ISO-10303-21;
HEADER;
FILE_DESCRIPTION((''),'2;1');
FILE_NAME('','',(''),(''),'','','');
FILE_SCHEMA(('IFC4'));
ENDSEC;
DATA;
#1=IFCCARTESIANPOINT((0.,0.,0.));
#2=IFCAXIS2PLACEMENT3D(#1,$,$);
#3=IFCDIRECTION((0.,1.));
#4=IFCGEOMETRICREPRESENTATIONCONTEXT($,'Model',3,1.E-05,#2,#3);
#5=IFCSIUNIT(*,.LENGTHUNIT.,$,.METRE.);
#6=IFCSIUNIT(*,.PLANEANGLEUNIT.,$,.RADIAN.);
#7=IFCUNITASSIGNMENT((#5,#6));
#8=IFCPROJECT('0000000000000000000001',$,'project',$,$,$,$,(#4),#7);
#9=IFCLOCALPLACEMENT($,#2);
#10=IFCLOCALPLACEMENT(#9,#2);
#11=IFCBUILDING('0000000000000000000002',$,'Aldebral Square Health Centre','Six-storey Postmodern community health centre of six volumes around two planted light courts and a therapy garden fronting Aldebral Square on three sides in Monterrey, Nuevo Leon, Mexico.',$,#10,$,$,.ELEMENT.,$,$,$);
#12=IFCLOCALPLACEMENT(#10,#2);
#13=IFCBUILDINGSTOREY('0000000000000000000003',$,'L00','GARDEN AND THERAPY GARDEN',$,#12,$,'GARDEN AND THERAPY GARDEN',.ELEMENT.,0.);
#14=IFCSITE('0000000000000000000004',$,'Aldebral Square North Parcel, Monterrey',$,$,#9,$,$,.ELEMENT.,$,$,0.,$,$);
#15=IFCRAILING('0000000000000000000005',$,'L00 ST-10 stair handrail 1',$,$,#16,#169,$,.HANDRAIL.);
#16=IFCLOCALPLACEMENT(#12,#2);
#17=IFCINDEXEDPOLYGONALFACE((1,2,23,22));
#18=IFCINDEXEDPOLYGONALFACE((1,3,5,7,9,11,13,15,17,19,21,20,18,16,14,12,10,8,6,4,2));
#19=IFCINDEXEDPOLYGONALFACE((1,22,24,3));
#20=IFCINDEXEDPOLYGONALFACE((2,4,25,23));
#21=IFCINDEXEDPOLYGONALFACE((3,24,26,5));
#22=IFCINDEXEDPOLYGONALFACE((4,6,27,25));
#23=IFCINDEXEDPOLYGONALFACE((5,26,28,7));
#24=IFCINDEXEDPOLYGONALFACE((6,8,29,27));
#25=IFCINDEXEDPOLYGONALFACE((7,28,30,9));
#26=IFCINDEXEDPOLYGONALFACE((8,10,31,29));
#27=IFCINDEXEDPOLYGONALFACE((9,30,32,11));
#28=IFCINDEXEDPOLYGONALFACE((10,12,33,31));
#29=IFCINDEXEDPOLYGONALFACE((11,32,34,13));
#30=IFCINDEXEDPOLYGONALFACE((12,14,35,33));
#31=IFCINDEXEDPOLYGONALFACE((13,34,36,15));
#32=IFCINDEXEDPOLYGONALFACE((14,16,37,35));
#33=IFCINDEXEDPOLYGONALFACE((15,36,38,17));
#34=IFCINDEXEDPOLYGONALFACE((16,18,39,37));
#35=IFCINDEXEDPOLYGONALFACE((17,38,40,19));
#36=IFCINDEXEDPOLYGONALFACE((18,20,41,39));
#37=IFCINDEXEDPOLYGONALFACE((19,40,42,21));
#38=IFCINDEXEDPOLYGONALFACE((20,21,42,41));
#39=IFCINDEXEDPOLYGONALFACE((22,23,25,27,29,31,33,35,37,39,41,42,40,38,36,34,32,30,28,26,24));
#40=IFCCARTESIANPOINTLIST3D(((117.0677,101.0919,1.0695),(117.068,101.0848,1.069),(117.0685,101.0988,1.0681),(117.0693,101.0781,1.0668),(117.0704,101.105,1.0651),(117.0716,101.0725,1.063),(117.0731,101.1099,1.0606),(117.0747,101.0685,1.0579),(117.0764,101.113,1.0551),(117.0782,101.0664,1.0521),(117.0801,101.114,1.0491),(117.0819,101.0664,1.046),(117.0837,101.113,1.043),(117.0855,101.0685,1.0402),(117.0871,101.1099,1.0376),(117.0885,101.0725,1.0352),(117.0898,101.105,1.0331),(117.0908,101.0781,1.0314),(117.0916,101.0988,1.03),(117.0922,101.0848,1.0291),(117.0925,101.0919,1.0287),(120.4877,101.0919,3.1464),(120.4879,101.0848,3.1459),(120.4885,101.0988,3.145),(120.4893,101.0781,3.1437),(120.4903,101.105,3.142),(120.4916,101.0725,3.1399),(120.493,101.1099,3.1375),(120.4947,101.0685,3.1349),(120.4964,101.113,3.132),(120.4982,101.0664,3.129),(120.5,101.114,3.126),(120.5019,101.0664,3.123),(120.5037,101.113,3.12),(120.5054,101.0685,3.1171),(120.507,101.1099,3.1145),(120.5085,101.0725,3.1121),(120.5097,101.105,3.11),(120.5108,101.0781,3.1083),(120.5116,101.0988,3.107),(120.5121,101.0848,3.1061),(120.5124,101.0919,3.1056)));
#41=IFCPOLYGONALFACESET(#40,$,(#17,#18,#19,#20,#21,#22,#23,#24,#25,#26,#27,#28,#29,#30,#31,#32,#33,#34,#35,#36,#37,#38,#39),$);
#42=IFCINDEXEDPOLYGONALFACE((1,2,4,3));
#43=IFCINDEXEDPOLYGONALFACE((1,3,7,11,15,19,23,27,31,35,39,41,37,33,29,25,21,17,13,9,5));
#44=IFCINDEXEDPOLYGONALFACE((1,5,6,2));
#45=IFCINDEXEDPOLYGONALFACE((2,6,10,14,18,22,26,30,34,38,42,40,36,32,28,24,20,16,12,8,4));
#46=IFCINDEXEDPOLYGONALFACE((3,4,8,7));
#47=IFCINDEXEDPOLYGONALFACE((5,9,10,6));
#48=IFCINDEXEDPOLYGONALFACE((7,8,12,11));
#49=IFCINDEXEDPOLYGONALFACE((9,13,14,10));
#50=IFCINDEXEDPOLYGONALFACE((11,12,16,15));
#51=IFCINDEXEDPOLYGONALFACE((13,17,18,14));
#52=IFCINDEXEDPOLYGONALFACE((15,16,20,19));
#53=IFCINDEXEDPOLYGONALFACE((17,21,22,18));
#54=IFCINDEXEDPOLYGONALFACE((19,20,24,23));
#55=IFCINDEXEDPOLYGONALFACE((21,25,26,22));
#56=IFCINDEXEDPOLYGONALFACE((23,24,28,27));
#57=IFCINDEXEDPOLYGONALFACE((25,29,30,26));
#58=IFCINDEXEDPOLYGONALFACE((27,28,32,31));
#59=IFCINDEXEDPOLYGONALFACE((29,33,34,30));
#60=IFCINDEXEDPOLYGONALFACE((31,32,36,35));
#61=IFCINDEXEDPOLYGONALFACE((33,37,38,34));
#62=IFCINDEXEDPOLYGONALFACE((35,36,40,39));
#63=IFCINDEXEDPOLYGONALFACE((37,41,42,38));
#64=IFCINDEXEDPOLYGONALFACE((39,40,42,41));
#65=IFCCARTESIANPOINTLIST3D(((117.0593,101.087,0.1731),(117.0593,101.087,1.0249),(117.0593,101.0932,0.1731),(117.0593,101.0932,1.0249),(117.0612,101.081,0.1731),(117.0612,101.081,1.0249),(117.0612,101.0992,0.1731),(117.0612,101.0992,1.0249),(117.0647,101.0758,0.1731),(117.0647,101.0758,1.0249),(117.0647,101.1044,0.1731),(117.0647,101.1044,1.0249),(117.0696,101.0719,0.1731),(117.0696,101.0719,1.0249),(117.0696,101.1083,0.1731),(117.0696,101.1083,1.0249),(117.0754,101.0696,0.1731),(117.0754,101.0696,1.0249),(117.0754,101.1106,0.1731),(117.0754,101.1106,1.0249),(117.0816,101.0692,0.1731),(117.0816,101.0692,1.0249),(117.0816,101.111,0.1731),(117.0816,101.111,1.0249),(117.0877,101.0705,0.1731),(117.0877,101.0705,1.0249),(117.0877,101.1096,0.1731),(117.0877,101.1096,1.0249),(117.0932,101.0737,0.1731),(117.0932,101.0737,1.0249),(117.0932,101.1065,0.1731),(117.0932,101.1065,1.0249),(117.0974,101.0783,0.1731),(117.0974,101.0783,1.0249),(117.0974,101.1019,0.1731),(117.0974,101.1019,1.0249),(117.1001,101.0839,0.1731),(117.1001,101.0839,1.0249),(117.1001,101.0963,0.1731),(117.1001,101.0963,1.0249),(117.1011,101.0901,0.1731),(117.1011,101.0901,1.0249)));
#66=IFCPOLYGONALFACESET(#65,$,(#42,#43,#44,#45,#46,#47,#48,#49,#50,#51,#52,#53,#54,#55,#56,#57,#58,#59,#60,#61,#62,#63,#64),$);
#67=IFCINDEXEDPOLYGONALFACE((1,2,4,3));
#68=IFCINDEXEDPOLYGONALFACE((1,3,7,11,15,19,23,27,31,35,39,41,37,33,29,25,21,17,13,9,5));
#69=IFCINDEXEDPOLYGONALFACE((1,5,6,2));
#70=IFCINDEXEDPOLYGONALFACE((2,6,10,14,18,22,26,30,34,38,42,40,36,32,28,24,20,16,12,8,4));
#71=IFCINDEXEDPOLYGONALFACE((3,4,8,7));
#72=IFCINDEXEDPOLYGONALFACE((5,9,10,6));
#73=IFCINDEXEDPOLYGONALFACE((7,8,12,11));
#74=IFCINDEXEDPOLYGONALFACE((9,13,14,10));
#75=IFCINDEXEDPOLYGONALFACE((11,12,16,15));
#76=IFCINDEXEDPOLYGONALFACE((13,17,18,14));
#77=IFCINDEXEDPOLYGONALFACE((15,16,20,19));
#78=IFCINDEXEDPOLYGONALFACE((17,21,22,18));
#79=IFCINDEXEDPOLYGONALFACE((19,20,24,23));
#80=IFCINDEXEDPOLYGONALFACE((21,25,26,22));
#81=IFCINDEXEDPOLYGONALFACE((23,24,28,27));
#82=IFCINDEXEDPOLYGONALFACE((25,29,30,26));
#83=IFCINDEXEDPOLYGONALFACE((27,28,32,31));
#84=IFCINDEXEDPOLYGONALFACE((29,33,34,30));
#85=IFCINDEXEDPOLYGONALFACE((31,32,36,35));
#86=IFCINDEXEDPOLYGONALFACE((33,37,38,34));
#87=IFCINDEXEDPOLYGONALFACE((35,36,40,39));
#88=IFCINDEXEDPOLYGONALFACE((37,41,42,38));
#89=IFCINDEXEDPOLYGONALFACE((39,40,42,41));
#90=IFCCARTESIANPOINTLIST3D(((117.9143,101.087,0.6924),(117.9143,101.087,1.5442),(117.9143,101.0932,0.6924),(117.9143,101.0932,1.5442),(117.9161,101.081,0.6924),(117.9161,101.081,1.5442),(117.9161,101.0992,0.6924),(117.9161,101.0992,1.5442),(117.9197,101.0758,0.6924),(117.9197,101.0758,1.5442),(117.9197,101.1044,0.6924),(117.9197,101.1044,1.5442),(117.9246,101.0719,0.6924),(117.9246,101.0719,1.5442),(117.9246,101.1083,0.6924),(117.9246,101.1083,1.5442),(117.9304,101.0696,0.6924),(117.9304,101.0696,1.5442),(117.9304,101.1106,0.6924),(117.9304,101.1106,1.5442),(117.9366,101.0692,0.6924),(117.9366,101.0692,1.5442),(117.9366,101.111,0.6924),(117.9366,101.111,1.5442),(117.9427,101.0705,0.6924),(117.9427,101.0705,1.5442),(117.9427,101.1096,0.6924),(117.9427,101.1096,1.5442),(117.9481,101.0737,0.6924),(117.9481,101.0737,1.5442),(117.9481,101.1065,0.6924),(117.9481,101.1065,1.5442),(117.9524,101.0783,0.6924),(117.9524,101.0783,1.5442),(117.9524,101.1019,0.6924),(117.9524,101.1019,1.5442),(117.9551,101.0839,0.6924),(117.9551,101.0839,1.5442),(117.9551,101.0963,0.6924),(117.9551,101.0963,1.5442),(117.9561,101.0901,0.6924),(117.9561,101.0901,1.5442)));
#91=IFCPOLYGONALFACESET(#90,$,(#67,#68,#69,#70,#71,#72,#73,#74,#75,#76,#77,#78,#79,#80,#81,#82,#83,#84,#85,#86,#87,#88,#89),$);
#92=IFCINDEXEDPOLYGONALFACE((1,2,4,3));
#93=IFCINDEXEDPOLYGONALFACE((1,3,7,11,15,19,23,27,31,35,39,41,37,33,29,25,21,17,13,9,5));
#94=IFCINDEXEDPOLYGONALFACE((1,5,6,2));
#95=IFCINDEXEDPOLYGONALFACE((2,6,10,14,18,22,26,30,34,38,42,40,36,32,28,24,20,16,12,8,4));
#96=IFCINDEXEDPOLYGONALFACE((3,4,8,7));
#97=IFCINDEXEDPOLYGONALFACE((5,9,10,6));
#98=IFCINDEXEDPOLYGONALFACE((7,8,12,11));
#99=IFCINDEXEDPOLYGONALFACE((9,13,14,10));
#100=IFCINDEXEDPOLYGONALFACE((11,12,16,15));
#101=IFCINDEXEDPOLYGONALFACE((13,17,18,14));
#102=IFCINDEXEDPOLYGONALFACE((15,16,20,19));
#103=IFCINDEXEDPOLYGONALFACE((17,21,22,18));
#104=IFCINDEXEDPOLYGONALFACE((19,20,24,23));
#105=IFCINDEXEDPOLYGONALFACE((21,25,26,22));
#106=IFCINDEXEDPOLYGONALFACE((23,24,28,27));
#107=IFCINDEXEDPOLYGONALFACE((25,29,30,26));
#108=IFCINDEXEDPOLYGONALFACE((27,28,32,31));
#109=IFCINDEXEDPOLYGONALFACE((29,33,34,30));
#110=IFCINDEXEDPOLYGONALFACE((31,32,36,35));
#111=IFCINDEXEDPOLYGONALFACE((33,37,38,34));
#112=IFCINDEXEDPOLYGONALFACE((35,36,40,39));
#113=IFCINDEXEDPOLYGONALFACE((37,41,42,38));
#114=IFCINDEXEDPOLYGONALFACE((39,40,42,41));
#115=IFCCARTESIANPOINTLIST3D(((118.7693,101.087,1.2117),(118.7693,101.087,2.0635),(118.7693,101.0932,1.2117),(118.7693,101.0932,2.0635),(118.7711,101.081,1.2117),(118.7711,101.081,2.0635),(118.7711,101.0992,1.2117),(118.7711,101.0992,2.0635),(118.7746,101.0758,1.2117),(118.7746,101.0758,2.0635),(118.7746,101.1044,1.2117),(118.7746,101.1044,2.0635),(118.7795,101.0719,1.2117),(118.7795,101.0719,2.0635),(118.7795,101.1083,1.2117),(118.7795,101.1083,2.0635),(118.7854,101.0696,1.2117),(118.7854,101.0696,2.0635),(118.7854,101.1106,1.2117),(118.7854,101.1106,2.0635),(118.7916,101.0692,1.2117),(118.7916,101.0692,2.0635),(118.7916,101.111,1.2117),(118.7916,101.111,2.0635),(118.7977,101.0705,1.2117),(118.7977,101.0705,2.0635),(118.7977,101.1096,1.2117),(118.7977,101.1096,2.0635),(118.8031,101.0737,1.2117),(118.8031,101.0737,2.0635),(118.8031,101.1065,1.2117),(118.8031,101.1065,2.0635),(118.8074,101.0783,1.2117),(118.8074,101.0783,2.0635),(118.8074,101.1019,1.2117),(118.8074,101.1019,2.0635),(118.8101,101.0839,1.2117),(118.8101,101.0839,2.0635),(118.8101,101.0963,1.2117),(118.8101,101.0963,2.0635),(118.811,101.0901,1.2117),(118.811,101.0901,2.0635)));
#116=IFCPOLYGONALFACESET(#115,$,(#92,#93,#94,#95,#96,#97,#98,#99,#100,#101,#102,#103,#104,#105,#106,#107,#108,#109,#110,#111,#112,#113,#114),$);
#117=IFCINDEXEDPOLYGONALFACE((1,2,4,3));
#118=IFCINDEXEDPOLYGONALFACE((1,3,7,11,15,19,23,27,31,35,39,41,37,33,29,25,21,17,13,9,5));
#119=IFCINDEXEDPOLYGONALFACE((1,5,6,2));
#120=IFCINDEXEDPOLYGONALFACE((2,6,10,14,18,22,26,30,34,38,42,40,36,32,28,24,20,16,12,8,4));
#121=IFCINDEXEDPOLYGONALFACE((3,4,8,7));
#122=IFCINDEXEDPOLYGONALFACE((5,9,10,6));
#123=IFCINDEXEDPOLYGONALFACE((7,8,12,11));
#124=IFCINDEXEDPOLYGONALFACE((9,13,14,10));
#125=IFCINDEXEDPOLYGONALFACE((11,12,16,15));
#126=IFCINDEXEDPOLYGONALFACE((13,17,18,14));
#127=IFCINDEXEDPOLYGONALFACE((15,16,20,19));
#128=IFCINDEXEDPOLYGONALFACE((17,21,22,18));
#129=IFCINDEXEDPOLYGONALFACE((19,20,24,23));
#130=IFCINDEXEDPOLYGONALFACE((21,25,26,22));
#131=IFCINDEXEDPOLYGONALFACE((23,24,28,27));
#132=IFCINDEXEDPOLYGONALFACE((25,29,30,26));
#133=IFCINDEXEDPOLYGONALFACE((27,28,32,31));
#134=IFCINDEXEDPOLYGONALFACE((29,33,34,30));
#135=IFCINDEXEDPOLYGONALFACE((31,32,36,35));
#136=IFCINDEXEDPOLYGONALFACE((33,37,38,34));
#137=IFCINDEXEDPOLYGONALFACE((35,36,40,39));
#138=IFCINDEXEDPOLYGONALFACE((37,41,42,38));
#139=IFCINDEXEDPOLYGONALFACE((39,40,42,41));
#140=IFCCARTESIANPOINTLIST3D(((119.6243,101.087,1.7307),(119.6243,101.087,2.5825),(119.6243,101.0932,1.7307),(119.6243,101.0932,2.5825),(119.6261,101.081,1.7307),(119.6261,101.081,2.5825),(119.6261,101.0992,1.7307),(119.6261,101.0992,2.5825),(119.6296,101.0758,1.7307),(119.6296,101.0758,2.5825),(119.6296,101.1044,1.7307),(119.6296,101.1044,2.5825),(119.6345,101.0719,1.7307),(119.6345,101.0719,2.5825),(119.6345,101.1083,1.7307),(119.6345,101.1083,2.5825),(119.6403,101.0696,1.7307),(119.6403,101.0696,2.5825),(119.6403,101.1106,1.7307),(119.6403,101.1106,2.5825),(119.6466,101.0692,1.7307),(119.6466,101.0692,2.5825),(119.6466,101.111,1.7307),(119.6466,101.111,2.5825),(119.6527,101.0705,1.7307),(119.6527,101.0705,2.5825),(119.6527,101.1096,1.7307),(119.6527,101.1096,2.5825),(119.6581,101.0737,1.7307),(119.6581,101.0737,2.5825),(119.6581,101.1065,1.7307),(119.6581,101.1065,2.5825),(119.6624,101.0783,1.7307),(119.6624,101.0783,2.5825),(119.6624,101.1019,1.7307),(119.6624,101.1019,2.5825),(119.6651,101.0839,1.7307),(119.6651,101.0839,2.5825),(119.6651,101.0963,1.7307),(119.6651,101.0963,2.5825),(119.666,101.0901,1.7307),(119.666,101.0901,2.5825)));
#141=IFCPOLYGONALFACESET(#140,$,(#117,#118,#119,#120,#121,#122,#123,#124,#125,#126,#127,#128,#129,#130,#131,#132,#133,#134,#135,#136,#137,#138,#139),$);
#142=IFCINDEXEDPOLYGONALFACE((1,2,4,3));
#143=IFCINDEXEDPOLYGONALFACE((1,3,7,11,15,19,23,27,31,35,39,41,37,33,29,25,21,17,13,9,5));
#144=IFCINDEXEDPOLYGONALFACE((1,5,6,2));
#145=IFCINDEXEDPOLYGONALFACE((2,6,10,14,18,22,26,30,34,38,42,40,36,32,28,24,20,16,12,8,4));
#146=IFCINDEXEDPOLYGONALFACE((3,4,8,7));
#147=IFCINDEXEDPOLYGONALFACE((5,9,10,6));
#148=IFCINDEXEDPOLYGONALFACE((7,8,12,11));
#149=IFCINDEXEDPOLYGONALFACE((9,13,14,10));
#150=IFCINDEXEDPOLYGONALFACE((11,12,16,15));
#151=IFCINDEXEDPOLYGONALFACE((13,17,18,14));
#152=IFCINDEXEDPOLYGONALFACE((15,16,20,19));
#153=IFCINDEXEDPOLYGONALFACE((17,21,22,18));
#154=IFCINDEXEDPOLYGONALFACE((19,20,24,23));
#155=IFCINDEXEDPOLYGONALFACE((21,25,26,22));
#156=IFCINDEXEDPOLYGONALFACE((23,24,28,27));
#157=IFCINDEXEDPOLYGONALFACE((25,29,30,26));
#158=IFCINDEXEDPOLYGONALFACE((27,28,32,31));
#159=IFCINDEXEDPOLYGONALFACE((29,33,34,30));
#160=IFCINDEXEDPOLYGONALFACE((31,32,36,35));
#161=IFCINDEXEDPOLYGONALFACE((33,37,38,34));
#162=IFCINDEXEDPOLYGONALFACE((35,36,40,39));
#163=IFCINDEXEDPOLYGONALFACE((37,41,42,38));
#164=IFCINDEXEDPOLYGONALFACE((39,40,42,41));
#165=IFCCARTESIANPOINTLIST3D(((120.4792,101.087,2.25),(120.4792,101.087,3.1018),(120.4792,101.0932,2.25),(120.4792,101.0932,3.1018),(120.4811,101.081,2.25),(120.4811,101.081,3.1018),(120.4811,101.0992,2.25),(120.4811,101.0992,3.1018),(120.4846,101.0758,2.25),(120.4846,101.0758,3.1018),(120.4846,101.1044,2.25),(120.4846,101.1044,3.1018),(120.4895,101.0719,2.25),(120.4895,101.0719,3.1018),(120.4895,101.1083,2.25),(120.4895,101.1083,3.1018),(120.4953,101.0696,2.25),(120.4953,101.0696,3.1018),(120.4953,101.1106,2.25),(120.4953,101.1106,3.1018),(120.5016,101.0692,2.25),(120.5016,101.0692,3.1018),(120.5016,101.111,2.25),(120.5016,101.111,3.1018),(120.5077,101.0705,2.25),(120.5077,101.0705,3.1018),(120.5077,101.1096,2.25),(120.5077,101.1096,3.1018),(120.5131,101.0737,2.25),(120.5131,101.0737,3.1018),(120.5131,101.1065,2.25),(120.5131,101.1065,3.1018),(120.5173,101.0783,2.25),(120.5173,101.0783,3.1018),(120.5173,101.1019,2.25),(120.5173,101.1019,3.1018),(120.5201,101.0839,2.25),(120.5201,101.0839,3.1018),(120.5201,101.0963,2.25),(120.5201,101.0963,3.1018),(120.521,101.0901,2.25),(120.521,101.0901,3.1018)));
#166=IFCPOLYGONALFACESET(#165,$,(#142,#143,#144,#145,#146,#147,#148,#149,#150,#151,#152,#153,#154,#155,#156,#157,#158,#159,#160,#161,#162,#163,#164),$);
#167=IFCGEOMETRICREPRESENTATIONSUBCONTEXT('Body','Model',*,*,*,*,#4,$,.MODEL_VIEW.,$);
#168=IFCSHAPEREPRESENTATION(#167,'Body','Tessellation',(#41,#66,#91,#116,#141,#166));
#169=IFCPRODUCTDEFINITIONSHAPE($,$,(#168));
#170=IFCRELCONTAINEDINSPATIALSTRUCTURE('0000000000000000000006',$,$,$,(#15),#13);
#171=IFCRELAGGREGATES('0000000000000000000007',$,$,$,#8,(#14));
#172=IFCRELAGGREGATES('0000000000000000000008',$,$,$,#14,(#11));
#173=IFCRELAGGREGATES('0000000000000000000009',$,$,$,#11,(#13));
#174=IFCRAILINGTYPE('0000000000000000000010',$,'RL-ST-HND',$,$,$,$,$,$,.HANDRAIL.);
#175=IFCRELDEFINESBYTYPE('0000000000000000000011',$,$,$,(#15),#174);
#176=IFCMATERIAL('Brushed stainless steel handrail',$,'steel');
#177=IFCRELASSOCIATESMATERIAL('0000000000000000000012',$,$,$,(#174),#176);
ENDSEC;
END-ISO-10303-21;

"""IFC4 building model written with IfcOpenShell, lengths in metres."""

from ifc_helpers import new_model, si_unit, direction, frame, origin, origin_2d, place, context, subcontext, project, spatial, circle, extrude, material, type_object, element, save


model = new_model("IFC4")

# Units and contexts
model_context = context("Model", 3, precision=1e-05, world=origin(), true_north=direction((0.0, 1.0)))
body_context = subcontext(model_context, "Body", "Model", "MODEL_VIEW")
ifc_project = project(units=[si_unit("LENGTHUNIT", "METRE"), si_unit("PLANEANGLEUNIT", "RADIAN")], contexts=[model_context])

# Site, building, storey
site_placement = place(None, origin())
site = spatial("IfcSite", under=ifc_project, at=site_placement, Name="Aldebral Square North Parcel, Monterrey", CompositionType="ELEMENT", RefElevation=0.0)
building_placement = place(site_placement, origin())
building = spatial("IfcBuilding", under=site, at=building_placement, Name="Aldebral Square Health Centre", Description="Six-storey Postmodern community health centre of six volumes around two planted light courts and a therapy garden fronting Aldebral Square on three sides in Monterrey, Nuevo Leon, Mexico.", CompositionType="ELEMENT")
storey_placement = place(building_placement, origin())
storey = spatial("IfcBuildingStorey", under=building, at=storey_placement, Name="L00", Description="GARDEN AND THERAPY GARDEN", LongName="GARDEN AND THERAPY GARDEN", CompositionType="ELEMENT", Elevation=0.0)

# Railing
ifc_material_1 = material(Name="Brushed stainless steel handrail", Category="steel")
railing_type_1 = type_object("IfcRailingType", Name="RL-ST-HND", PredefinedType="HANDRAIL", material=ifc_material_1)
railing_1_placement = place(storey_placement, frame((117.0801, 101.0901, 0.1731)))
element("IfcRailing", 1, at=railing_1_placement, inside=storey, type_object=railing_type_1, Name="L00 ST-10 stair handrail 1", PredefinedType="HANDRAIL", context=body_context, shape_type="SweptSolid", body=[
    extrude(circle(Radius=0.0239, at=origin_2d()), frame((0.0, 0.0, 0.876), z_axis=(0.85473, 0.0, 0.519074), x_axis=(0.0, 1.0, 0.0)), (0.0, 0.0, 1.0), 4.0012),
    extrude(circle(Radius=0.021, at=origin_2d()), origin(), (0.0, 0.0, 1.0), 0.8518),
    extrude(circle(Radius=0.021, at=origin_2d()), frame((0.855, 0.0, 0.5193)), (0.0, 0.0, 1.0), 0.8518),
    extrude(circle(Radius=0.021, at=origin_2d()), frame((1.71, 0.0, 1.0386)), (0.0, 0.0, 1.0), 0.8518),
    extrude(circle(Radius=0.021, at=origin_2d()), frame((2.5649, 0.0, 1.5576)), (0.0, 0.0, 1.0), 0.8518),
    extrude(circle(Radius=0.021, at=origin_2d()), frame((3.4199, 0.0, 2.0769)), (0.0, 0.0, 1.0), 0.8518),
])

save(model, "model.ifc")
